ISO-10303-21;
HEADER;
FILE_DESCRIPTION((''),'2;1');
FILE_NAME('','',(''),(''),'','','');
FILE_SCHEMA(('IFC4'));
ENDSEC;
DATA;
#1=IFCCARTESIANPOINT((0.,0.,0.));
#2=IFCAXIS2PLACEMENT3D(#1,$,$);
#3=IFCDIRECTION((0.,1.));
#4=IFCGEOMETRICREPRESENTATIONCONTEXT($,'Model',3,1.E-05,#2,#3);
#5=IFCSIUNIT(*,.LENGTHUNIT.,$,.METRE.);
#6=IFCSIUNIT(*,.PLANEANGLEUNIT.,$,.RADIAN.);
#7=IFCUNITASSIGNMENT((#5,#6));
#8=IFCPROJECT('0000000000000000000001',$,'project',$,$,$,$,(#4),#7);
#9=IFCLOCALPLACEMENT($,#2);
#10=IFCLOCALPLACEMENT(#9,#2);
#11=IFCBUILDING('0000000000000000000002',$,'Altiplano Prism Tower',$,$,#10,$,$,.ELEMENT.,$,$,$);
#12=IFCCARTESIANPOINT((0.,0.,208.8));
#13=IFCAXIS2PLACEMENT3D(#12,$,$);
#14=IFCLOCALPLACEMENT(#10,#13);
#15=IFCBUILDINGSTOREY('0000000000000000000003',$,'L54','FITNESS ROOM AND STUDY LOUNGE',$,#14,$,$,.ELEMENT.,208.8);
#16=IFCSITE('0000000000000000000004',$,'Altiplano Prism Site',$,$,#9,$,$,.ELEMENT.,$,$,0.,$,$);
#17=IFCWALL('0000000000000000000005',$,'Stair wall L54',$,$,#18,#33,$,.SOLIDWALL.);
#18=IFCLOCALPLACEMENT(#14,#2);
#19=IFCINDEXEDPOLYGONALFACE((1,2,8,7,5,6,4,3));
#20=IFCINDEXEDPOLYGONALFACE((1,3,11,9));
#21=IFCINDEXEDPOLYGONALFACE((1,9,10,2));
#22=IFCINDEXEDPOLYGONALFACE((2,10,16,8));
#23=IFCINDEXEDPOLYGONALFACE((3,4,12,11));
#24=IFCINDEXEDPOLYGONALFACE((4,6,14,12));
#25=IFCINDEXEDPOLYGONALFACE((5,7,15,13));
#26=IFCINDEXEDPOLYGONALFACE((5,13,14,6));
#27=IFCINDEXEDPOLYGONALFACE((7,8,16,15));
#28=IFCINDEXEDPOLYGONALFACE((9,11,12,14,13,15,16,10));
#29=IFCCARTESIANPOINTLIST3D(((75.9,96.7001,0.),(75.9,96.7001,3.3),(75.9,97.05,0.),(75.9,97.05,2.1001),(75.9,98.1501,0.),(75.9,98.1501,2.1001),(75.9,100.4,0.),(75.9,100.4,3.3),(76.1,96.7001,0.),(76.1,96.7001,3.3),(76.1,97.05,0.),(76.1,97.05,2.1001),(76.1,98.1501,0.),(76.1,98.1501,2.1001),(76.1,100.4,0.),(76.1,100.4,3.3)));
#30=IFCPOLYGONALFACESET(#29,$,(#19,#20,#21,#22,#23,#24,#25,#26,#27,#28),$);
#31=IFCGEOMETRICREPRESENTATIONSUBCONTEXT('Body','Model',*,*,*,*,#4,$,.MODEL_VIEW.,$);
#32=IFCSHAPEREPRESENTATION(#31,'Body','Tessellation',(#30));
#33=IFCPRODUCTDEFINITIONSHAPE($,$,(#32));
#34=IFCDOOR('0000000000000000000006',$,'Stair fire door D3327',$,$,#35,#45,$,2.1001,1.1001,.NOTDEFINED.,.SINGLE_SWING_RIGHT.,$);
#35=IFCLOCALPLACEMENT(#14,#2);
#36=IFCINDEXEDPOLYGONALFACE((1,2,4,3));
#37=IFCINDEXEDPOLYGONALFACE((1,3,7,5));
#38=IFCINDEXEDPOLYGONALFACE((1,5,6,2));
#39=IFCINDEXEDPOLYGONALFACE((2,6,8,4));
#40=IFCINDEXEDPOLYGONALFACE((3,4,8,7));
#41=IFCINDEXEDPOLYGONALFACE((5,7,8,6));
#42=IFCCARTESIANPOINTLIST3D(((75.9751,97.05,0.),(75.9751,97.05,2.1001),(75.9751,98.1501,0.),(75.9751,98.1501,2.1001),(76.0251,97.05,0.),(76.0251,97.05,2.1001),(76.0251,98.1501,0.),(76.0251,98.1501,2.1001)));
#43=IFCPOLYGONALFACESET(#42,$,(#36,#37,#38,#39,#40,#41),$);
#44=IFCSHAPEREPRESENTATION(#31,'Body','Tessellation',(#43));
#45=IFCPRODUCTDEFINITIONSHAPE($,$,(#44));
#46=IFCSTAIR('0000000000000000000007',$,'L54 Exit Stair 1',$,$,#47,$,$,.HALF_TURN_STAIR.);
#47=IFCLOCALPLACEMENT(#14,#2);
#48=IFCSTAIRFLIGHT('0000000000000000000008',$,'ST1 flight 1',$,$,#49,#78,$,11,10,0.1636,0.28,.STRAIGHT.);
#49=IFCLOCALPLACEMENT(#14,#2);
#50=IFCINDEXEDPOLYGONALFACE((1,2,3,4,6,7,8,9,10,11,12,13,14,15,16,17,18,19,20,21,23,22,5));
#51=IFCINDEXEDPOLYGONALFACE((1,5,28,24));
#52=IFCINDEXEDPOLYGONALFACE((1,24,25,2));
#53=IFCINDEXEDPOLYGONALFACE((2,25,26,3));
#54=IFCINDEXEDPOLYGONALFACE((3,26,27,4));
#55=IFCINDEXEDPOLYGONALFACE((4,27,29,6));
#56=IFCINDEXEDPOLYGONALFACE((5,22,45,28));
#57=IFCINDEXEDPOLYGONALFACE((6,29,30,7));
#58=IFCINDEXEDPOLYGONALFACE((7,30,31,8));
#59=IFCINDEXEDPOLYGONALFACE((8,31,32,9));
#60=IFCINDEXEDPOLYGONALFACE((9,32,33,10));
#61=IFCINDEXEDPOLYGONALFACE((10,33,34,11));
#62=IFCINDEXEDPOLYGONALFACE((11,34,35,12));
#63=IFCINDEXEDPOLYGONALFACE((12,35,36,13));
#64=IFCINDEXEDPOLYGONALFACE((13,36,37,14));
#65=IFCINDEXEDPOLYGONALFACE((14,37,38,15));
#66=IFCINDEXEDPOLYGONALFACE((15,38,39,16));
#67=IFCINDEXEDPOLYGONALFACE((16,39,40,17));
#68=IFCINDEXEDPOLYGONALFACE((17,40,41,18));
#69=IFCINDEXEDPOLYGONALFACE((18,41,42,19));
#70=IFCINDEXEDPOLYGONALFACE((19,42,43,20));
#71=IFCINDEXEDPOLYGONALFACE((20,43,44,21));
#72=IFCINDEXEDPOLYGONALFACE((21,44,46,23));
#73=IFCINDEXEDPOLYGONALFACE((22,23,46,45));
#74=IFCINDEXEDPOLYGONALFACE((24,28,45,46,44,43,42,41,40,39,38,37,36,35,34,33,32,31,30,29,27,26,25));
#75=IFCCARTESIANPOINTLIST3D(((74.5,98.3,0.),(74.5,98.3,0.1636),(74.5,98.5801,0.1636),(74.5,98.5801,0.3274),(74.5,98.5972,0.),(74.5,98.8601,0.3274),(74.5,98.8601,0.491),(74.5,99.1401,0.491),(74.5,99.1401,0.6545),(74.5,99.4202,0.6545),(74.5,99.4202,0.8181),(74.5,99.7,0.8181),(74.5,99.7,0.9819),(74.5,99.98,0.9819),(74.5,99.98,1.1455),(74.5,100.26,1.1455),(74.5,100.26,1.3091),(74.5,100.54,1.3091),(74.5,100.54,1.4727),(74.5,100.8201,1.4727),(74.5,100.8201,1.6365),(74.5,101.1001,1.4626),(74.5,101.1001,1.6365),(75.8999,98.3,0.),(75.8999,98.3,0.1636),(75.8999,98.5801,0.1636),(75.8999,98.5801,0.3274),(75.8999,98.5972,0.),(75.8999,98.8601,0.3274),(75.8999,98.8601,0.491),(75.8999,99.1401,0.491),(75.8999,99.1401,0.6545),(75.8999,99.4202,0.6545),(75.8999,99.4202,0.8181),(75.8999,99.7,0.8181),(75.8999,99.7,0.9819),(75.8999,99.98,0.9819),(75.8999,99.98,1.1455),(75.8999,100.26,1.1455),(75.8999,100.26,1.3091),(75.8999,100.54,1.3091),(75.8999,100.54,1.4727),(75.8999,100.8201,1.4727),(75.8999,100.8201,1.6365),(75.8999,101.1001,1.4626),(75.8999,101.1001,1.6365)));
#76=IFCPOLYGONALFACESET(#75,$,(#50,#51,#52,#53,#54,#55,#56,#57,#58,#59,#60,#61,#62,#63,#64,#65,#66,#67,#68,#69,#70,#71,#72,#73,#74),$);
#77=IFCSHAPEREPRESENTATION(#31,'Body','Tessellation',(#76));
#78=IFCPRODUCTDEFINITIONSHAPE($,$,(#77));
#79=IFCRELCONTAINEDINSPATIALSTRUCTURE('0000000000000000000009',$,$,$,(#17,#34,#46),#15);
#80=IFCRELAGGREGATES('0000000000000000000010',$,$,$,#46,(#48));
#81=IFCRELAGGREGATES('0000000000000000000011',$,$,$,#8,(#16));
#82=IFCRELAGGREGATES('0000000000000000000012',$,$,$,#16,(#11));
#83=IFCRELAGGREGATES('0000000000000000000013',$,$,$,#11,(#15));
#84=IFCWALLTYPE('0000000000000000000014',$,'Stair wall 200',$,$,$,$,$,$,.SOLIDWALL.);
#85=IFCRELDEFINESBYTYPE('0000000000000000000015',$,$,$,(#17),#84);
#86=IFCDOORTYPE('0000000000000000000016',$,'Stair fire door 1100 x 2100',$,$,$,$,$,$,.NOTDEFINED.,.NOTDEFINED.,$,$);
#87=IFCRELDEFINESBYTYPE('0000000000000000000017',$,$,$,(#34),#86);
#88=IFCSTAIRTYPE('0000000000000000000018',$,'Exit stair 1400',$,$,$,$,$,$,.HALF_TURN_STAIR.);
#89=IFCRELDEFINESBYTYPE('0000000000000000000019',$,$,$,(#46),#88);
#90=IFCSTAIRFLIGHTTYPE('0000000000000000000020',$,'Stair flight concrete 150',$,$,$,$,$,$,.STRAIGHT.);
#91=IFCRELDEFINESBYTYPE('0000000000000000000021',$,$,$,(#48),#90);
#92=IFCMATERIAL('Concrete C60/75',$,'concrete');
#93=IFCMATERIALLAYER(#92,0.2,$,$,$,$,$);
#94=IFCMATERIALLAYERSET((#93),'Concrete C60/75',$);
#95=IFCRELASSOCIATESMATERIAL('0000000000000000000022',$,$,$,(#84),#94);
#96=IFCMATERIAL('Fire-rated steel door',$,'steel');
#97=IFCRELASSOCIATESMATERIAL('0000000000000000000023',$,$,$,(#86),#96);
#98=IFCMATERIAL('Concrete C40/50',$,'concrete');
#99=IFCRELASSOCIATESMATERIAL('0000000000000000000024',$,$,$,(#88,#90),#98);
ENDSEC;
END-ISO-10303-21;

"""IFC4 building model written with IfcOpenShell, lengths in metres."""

from ifc_helpers import new_model, si_unit, direction, frame, frame_2d, origin, place, context, subcontext, project, spatial, polyline, rectangle, outline, extrude, material, layer, layer_set, type_object, element, fill, aggregate, save


model = new_model("IFC4")

# Units and contexts
model_context = context("Model", 3, precision=1e-05, world=origin(), true_north=direction((0.0, 1.0)))
body_context = subcontext(model_context, "Body", "Model", "MODEL_VIEW")
ifc_project = project(units=[si_unit("LENGTHUNIT", "METRE"), si_unit("PLANEANGLEUNIT", "RADIAN")], contexts=[model_context])

# Site, building, storey
site_placement = place(None, origin())
site = spatial("IfcSite", under=ifc_project, at=site_placement, Name="Altiplano Prism Site", CompositionType="ELEMENT", RefElevation=0.0)
building_placement = place(site_placement, origin())
building = spatial("IfcBuilding", under=site, at=building_placement, Name="Altiplano Prism Tower", CompositionType="ELEMENT")
storey_placement = place(building_placement, frame((0.0, 0.0, 208.8)))
storey = spatial("IfcBuildingStorey", under=building, at=storey_placement, Name="L54", Description="FITNESS ROOM AND STUDY LOUNGE", CompositionType="ELEMENT", Elevation=208.8)

# Shared definitions
ifc_material_1 = material(Name="Concrete C60/75", Category="concrete")
ifc_material_2 = material(Name="Fire-rated steel door", Category="steel")

# Shared definitions
ifc_layer_1 = layer(ifc_material_1, 0.2)
ifc_layer_set_1 = layer_set([ifc_layer_1], Name="Concrete C60/75")
wall_type_1 = type_object("IfcWallType", Name="Stair wall 200", PredefinedType="SOLIDWALL", material=ifc_layer_set_1)

# Wall, opening, door
wall_1_placement = place(storey_placement, frame((76.0, 96.7, 0.0), z_axis=(0.0, 0.0, 1.0), x_axis=(0.0, 1.0, 0.0)))
wall_1 = element("IfcWall", 1, at=wall_1_placement, inside=storey, type_object=wall_type_1, Name="Stair wall L54", PredefinedType="SOLIDWALL", context=body_context, shape_type="SweptSolid", body=[
    extrude(rectangle(XDim=3.7, YDim=0.2, at=frame_2d((1.8501, 0.0))), origin(), (0.0, 0.0, 1.0), 3.3),
])
opening_1_placement = place(wall_1_placement, frame((0.3501, 0.0, 0.0)))
opening_1 = element("IfcOpeningElement", 2, at=opening_1_placement, cuts=wall_1, PredefinedType="OPENING", context=body_context, shape_type="SweptSolid", body=[
    extrude(rectangle(XDim=1.1001, YDim=2.1001, at=frame_2d((0.55, 1.05))), frame((0.0, 0.1104, 0.0), z_axis=(0.0, -1.0, 0.0), x_axis=(1.0, 0.0, 0.0)), (0.0, 0.0, 1.0), 0.2209),
])
door_type_1 = type_object("IfcDoorType", Name="Stair fire door 1100 x 2100", OperationType="NOTDEFINED", PredefinedType="NOTDEFINED", material=ifc_material_2)
door_1_placement = place(opening_1_placement, origin())
door_1 = element("IfcDoor", 3, at=door_1_placement, inside=storey, type_object=door_type_1, Name="Stair fire door D3327", OperationType="SINGLE_SWING_RIGHT", OverallHeight=2.1001, OverallWidth=1.1001, PredefinedType="NOTDEFINED", context=body_context, shape_type="SweptSolid", body=[
    extrude(rectangle(XDim=1.1001, YDim=2.1001, at=frame_2d((0.55, 1.05))), frame((0.0, 0.0249, 0.0), z_axis=(0.0, -1.0, 0.0), x_axis=(1.0, 0.0, 0.0)), (0.0, 0.0, 1.0), 0.05),
])
fill(opening_1, door_1)

# Stair, stair flight
ifc_material_3 = material(Name="Concrete C40/50", Category="concrete")
stair_type = type_object("IfcStairType", Name="Exit stair 1400", PredefinedType="HALF_TURN_STAIR", material=ifc_material_3)
stair_placement = place(storey_placement, origin())
stair = element("IfcStair", 4, at=stair_placement, inside=storey, type_object=stair_type, Name="L54 Exit Stair 1", PredefinedType="HALF_TURN_STAIR")
stair_flight_type = type_object("IfcStairFlightType", Name="Stair flight concrete 150", PredefinedType="STRAIGHT", material=ifc_material_3)
stair_flight_placement = place(storey_placement, frame((75.2, 98.3, 0.0), z_axis=(0.0, 0.0, 1.0), x_axis=(0.0, 1.0, 0.0)))
stair_flight = element("IfcStairFlight", 5, at=stair_flight_placement, type_object=stair_flight_type, Name="ST1 flight 1", NumberOfRisers=11, NumberOfTreads=10, PredefinedType="STRAIGHT", RiserHeight=0.1636, TreadLength=0.28, context=body_context, shape_type="SweptSolid", body=[
    extrude(outline(polyline([(0.0, 0.0), (0.0, 0.1636), (0.28, 0.1636), (0.28, 0.3274), (0.5601, 0.3274), (0.5601, 0.491), (0.8401, 0.491), (0.8401, 0.6545), (1.1201, 0.6545), (1.1201, 0.8181), (1.3999, 0.8181), (1.3999, 0.9819), (1.6799, 0.9819), (1.6799, 1.1455), (1.96, 1.1455), (1.96, 1.3091), (2.24, 1.3091), (2.24, 1.4727), (2.52, 1.4727), (2.52, 1.6365), (2.8, 1.6365), (2.8, 1.8), (2.8, 1.4626), (0.2971, 0.0), (0.0, 0.0)])), frame((0.0, 0.7, 0.0), z_axis=(0.0, -1.0, 0.0), x_axis=(1.0, 0.0, 0.0)), (0.0, 0.0, 1.0), 1.3999),
])
aggregate(stair, [stair_flight])

save(model, "model.ifc")
